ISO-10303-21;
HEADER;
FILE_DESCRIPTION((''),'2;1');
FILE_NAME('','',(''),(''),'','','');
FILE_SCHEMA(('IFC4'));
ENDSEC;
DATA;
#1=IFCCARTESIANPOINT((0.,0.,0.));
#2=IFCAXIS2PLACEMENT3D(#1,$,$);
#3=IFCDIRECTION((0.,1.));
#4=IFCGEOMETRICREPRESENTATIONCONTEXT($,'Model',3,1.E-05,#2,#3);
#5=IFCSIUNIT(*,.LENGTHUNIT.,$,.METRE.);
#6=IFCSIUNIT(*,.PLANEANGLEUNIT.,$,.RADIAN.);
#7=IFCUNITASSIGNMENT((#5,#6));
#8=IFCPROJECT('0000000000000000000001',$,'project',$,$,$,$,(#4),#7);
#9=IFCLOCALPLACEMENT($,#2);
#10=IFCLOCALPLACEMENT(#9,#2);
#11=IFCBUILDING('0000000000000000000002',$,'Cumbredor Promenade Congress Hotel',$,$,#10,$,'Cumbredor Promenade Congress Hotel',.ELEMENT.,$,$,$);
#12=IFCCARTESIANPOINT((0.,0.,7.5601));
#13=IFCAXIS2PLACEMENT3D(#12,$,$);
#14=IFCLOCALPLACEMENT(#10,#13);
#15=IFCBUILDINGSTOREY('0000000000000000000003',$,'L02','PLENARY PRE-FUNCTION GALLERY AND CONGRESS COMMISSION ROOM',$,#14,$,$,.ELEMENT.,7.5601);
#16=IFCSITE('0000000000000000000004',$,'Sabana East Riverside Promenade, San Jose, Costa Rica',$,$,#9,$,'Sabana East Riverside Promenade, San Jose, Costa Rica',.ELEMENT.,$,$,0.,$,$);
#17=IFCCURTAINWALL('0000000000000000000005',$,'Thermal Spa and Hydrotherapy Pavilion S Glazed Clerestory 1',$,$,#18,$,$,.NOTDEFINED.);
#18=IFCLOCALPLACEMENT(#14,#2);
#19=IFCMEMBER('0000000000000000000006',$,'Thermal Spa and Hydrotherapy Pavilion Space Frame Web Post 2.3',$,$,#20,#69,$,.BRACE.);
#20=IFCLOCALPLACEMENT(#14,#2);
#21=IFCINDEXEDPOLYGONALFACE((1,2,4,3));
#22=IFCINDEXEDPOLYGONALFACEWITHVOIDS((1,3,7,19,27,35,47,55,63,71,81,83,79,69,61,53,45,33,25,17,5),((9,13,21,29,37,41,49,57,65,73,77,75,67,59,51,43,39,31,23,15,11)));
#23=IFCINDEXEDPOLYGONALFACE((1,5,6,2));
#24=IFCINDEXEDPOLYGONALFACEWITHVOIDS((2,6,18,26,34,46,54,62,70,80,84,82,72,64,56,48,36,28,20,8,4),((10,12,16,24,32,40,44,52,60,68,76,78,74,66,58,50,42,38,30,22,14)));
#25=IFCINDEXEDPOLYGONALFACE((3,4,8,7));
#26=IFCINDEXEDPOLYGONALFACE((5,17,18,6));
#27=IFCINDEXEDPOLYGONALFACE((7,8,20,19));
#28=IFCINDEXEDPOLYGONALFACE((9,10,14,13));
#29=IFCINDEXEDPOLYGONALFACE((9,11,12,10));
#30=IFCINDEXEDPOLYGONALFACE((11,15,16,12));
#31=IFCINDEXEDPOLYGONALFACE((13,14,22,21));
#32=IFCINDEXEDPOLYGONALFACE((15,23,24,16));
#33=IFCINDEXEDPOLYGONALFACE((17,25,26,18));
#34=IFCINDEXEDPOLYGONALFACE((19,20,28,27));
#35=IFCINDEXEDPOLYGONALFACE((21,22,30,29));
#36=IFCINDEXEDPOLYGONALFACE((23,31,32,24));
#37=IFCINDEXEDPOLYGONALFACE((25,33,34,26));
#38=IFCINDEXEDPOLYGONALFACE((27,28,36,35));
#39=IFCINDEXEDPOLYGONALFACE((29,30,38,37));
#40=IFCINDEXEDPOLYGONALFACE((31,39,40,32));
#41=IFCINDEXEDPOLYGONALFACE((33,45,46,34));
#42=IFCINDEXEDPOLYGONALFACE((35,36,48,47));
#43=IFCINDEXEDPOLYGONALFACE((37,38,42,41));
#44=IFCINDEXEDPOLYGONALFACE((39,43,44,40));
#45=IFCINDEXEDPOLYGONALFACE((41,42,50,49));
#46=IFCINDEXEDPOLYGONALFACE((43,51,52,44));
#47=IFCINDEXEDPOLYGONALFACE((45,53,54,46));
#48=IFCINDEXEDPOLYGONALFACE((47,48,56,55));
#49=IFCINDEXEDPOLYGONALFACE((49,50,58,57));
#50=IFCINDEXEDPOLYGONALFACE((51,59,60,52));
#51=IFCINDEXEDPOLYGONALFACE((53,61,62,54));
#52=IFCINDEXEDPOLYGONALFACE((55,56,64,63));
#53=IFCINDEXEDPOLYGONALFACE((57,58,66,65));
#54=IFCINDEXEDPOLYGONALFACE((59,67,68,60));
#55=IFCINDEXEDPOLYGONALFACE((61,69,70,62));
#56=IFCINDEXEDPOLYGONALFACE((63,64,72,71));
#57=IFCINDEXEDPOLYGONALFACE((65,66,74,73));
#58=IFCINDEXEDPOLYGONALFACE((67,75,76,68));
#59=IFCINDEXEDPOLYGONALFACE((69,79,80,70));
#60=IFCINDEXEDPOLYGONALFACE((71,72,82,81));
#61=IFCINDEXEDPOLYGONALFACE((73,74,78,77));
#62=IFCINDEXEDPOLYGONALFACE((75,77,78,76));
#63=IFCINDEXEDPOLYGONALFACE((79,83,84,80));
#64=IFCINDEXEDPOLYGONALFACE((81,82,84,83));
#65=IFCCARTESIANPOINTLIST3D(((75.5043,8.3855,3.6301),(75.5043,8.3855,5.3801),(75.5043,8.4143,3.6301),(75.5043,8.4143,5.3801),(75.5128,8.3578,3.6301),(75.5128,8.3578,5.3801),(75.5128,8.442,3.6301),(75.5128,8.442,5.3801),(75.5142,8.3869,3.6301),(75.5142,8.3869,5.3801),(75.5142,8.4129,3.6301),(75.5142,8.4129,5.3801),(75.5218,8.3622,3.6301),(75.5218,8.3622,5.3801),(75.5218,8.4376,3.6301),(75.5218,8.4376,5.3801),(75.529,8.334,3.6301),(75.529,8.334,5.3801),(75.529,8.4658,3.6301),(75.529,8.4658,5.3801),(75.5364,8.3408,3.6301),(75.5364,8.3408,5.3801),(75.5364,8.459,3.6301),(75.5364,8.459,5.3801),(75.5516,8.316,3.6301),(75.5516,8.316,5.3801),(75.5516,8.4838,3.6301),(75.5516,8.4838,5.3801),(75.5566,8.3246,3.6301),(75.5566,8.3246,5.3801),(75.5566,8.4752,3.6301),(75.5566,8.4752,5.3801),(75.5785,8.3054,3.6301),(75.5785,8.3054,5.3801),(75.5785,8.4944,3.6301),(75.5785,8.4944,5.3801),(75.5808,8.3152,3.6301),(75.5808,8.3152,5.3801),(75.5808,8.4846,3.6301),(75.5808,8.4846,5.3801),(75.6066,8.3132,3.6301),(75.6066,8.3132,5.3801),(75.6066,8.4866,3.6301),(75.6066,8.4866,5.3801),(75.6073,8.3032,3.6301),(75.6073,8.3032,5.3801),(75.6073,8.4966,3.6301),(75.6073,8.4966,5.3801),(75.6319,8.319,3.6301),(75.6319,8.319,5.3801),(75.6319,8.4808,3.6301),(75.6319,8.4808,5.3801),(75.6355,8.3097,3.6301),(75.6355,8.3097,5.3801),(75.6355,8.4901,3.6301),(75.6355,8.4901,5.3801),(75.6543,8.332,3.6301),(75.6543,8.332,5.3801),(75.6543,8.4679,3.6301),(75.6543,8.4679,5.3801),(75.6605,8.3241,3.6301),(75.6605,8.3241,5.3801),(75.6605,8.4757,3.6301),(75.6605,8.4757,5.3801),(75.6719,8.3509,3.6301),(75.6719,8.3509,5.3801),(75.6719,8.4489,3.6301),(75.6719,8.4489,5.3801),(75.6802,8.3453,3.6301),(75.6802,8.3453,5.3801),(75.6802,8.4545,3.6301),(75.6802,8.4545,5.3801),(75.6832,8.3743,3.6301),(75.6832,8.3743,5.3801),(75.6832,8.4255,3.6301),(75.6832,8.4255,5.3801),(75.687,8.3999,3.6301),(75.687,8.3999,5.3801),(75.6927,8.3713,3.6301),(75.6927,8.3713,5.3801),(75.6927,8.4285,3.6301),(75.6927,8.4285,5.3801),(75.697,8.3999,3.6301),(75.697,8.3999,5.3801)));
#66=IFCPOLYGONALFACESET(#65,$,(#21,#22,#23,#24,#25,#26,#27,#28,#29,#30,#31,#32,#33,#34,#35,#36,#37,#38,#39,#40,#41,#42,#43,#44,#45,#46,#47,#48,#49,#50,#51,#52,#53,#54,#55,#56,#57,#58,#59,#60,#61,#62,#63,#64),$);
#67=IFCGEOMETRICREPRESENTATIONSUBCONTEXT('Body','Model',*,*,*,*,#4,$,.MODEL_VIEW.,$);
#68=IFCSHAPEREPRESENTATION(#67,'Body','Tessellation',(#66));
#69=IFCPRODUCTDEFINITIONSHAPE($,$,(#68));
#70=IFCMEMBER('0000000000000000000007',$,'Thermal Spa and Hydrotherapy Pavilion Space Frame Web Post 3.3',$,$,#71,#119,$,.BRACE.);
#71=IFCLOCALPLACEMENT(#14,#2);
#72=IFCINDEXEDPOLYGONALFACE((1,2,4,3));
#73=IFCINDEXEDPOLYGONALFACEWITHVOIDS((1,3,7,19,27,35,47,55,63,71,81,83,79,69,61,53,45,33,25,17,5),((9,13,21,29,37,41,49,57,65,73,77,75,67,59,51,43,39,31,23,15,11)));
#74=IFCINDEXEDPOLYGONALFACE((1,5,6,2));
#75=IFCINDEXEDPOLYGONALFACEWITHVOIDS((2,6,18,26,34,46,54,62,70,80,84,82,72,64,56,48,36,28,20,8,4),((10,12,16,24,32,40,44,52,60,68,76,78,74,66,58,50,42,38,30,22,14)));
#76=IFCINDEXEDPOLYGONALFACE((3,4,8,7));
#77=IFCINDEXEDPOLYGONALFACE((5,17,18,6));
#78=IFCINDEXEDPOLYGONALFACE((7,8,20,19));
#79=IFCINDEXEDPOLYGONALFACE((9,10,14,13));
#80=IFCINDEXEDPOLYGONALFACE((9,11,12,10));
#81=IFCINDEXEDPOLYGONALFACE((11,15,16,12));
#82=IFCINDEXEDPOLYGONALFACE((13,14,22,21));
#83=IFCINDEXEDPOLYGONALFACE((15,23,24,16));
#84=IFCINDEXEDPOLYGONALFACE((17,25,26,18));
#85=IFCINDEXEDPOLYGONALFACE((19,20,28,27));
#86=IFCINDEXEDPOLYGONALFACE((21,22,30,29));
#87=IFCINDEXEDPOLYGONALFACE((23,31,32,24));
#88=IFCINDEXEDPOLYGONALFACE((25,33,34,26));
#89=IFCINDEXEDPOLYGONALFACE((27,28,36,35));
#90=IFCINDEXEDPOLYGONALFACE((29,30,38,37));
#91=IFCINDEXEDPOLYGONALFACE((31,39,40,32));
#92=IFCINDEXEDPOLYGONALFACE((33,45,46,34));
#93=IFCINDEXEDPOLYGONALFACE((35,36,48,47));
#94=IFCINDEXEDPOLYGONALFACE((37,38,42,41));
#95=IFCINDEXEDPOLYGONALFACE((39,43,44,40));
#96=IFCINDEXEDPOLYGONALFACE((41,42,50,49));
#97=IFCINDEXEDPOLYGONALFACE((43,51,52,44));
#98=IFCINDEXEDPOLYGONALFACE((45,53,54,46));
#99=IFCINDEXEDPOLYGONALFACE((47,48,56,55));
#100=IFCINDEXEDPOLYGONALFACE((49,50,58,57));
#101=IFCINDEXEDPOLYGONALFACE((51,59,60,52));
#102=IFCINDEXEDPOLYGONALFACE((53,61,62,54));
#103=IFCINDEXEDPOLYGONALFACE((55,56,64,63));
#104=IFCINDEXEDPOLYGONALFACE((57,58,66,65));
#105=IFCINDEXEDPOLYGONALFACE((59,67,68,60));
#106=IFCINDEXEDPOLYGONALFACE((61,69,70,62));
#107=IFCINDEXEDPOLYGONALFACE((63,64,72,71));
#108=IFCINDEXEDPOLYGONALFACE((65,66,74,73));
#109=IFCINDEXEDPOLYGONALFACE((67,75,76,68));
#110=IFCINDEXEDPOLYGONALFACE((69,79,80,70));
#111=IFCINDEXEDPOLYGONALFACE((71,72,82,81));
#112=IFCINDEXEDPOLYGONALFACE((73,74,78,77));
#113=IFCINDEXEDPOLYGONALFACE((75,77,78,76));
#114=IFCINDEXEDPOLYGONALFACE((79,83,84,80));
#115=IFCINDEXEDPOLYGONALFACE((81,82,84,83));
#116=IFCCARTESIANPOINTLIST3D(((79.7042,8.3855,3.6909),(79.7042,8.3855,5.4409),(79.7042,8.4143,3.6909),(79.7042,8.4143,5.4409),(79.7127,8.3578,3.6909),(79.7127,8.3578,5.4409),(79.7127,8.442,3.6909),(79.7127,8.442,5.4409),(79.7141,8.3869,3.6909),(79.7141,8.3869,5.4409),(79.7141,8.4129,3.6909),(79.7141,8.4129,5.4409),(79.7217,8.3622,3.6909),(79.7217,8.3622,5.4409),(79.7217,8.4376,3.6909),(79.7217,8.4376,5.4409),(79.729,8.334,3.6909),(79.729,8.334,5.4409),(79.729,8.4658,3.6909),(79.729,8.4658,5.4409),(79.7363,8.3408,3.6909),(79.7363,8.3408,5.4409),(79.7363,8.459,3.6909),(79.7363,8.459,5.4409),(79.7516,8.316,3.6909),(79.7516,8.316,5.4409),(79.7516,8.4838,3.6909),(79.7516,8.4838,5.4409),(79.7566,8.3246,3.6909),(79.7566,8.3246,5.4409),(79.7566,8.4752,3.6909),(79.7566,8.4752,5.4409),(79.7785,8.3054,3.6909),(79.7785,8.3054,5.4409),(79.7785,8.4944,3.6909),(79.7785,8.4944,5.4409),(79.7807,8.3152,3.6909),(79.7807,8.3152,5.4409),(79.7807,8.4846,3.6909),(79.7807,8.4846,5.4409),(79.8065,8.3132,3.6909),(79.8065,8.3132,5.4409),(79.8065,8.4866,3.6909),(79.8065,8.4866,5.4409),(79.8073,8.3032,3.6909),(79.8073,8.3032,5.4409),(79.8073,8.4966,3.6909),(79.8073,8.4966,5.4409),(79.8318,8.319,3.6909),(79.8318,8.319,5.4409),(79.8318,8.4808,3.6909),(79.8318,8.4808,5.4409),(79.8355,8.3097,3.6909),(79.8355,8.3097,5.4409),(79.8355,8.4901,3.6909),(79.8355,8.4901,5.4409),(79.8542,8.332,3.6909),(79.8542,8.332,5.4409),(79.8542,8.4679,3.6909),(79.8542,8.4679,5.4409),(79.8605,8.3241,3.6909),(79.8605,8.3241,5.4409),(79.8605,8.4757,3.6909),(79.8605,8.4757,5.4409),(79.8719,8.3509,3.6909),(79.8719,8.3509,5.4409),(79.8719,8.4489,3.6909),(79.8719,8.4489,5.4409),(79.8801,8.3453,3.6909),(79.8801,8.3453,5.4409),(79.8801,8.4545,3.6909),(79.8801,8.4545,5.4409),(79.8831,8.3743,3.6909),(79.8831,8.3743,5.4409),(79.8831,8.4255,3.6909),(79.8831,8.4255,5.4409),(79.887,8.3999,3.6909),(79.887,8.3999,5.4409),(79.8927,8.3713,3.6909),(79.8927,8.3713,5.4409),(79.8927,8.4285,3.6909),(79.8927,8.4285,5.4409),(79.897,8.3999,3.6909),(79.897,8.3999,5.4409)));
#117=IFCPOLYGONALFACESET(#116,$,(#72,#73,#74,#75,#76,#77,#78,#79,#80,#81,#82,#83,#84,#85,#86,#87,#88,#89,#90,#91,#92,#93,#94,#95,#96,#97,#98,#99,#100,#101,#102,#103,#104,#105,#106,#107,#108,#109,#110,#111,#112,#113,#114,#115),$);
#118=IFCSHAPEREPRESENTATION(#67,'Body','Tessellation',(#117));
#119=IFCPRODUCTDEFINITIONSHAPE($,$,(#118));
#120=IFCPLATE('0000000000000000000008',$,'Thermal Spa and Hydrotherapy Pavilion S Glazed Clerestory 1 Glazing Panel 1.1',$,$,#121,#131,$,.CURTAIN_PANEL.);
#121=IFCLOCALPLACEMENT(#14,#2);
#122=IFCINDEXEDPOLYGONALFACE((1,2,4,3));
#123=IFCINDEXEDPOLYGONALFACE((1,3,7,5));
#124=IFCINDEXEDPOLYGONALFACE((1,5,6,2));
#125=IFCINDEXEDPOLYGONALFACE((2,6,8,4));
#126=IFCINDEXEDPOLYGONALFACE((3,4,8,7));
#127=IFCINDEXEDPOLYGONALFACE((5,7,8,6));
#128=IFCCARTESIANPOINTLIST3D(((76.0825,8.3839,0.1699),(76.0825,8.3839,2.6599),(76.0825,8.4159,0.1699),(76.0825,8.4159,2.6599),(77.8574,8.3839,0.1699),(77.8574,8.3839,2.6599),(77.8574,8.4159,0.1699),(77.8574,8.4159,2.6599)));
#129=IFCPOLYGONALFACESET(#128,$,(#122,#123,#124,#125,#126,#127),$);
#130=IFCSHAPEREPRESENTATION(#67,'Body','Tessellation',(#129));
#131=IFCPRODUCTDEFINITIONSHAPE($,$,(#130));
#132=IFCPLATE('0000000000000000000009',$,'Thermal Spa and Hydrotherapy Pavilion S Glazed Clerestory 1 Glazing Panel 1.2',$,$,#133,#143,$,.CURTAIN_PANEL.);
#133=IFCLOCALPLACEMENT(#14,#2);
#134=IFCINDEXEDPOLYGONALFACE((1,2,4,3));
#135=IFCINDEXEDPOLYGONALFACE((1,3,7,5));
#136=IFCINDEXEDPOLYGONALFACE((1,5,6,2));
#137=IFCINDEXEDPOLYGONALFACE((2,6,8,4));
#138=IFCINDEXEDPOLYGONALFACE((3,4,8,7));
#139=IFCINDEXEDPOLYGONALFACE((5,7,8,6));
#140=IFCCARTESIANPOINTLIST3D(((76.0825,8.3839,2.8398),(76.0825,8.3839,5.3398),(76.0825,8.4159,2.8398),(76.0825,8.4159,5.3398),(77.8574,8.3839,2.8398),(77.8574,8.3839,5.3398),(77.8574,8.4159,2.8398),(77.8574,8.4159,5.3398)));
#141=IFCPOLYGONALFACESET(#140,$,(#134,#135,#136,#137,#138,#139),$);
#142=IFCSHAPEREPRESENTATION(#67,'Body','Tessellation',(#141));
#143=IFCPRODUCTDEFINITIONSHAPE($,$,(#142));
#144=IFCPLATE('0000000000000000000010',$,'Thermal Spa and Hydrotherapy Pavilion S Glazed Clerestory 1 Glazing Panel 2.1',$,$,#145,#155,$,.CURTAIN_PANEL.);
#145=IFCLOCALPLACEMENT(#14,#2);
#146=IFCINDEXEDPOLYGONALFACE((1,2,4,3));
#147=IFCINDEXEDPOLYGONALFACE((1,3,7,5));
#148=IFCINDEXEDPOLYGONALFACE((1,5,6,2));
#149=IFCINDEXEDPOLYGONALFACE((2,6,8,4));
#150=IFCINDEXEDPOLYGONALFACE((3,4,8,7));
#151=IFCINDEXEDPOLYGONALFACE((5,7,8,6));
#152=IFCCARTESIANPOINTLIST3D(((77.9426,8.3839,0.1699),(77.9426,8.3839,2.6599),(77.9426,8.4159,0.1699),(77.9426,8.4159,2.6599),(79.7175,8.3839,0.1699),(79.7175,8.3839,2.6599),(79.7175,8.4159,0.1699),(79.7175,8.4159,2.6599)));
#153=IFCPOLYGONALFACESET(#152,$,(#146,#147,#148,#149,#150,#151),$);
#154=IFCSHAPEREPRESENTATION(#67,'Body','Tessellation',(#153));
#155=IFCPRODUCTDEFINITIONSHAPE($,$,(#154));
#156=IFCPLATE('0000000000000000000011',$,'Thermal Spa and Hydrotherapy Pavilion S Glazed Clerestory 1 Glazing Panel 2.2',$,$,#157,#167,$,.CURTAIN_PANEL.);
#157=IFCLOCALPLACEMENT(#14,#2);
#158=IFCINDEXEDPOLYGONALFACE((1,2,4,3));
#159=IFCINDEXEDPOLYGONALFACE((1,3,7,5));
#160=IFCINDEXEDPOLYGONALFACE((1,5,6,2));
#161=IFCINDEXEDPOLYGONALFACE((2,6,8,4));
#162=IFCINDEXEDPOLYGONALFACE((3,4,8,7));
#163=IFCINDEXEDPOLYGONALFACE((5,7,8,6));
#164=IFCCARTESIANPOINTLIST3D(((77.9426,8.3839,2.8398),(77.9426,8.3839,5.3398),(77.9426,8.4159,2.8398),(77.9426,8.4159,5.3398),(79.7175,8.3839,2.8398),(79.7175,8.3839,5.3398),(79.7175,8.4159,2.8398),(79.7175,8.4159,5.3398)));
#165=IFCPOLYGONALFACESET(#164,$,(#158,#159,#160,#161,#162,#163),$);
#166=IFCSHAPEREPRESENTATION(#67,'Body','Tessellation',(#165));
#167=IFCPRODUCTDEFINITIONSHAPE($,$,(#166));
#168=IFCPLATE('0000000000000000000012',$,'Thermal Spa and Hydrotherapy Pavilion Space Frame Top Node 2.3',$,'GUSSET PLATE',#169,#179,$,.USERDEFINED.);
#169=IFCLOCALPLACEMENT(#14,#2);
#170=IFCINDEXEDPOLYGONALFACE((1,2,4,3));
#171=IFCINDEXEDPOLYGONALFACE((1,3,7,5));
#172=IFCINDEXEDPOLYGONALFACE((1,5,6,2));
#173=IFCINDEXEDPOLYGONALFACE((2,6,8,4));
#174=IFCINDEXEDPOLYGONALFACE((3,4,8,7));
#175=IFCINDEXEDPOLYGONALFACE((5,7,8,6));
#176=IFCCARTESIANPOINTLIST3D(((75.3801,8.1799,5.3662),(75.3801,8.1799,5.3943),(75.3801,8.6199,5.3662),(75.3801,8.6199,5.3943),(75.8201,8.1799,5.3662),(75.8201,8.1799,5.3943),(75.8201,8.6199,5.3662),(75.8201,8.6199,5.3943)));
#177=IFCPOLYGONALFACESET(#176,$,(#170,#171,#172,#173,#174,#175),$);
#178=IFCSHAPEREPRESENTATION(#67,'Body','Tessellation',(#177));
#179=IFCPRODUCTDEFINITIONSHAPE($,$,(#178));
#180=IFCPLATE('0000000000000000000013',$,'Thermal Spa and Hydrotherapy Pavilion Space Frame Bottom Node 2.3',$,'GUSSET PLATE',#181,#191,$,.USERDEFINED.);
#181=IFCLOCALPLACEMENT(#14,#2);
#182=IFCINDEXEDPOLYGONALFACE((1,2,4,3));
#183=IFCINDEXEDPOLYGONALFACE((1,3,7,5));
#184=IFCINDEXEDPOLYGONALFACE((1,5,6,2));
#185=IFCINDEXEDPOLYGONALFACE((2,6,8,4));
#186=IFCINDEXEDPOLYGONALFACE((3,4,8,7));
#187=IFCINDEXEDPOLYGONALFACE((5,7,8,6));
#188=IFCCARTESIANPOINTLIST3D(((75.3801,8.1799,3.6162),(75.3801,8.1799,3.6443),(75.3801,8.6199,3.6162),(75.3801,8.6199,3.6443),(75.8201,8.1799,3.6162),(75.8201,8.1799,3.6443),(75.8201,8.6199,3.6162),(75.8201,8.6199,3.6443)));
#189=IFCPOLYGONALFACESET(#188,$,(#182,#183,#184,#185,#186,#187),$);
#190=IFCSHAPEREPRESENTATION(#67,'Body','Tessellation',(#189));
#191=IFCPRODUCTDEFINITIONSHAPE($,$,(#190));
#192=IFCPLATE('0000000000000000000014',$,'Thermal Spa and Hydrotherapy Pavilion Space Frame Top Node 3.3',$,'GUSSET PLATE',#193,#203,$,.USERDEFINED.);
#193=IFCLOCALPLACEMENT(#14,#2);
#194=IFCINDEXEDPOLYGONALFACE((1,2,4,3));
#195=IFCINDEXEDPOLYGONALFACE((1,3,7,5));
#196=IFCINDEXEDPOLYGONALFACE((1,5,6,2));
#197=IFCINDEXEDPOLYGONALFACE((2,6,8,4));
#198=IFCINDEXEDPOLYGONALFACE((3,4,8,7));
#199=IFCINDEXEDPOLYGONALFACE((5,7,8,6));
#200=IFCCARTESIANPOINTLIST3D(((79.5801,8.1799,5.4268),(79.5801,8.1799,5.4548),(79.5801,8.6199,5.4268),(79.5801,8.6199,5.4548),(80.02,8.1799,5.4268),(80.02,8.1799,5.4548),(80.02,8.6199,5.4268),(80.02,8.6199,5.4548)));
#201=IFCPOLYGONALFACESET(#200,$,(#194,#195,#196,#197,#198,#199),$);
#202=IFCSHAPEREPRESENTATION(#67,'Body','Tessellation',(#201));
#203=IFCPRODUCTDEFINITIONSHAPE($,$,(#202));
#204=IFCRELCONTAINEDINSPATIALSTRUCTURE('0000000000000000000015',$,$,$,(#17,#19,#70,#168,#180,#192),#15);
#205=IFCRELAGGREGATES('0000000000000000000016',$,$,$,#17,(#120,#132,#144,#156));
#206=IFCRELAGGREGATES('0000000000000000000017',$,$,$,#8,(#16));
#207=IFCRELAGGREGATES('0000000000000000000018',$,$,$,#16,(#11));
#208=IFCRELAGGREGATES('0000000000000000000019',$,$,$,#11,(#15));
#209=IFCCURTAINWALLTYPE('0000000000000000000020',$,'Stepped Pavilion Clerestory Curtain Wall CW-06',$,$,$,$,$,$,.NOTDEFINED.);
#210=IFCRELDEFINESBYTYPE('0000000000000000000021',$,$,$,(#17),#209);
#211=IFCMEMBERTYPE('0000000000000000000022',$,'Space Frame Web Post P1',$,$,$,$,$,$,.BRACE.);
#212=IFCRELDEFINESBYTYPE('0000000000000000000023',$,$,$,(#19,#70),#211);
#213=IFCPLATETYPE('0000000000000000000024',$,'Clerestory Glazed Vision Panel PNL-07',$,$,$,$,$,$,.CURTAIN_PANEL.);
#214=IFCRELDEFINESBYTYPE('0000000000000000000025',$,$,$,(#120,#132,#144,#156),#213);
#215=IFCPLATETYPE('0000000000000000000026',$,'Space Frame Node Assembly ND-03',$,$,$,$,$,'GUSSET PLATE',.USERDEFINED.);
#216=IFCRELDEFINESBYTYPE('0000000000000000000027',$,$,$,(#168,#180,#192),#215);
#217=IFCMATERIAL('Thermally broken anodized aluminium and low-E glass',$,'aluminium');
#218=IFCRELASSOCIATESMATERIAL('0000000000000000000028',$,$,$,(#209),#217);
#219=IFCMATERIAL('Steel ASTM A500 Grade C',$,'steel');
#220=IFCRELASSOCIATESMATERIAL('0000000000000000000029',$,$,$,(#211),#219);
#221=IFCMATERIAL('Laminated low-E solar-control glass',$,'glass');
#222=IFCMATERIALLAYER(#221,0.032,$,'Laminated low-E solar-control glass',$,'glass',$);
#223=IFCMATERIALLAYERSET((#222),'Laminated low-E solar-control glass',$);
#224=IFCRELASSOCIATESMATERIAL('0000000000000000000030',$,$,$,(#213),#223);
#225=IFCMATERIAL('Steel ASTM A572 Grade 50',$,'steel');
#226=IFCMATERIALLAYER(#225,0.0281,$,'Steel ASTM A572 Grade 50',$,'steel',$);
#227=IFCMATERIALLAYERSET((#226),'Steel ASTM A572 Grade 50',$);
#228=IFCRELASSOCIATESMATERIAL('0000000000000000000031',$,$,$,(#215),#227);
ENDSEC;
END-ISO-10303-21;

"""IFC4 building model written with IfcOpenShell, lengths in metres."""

from ifc_helpers import new_model, si_unit, direction, frame, origin, origin_2d, place, context, subcontext, project, spatial, rectangle, hollow_circle, extrude, material, layer, layer_set, material_profile, profile_set, type_object, element, aggregate, save


model = new_model("IFC4")

# Units and contexts
model_context = context("Model", 3, precision=1e-05, world=origin(), true_north=direction((0.0, 1.0)))
body_context = subcontext(model_context, "Body", "Model", "MODEL_VIEW")
ifc_project = project(units=[si_unit("LENGTHUNIT", "METRE"), si_unit("PLANEANGLEUNIT", "RADIAN")], contexts=[model_context])

# Site, building, storey
site_placement = place(None, origin())
site = spatial("IfcSite", under=ifc_project, at=site_placement, Name="Sabana East Riverside Promenade, San Jose, Costa Rica", LongName="Sabana East Riverside Promenade, San Jose, Costa Rica", CompositionType="ELEMENT", RefElevation=0.0)
building_placement = place(site_placement, origin())
building = spatial("IfcBuilding", under=site, at=building_placement, Name="Cumbredor Promenade Congress Hotel", LongName="Cumbredor Promenade Congress Hotel", CompositionType="ELEMENT")
storey_placement = place(building_placement, frame((0.0, 0.0, 7.5601)))
storey = spatial("IfcBuildingStorey", under=building, at=storey_placement, Name="L02", Description="PLENARY PRE-FUNCTION GALLERY AND CONGRESS COMMISSION ROOM", CompositionType="ELEMENT", Elevation=7.5601)

# Curtain wall
ifc_material_1 = material(Name="Thermally broken anodized aluminium and low-E glass", Category="aluminium")
curtain_wall_type = type_object("IfcCurtainWallType", Name="Stepped Pavilion Clerestory Curtain Wall CW-06", PredefinedType="NOTDEFINED", material=ifc_material_1)
curtain_wall_1_placement = place(storey_placement, origin())
curtain_wall_1 = element("IfcCurtainWall", 1, at=curtain_wall_1_placement, inside=storey, type_object=curtain_wall_type, Name="Thermal Spa and Hydrotherapy Pavilion S Glazed Clerestory 1", PredefinedType="NOTDEFINED")

# Members
ifc_material_2 = material(Name="Steel ASTM A500 Grade C", Category="steel")
ifc_material_profile_1 = material_profile(ifc_material_2, hollow_circle(Radius=0.0969, WallThickness=0.01, at=origin_2d()), Name="CHS 193.7x10")
ifc_profile_set_1 = profile_set([ifc_material_profile_1], Name="Steel ASTM A500 Grade C")
member_type_1 = type_object("IfcMemberType", Name="Space Frame Web Post P1", PredefinedType="BRACE", material=ifc_profile_set_1)
for number, where, z_axis, x_axis, name in (
    (2, (75.6001, 8.3999, 3.6301), (0.0, 0.0, 1.0), (1.0, 0.0, 0.0), "Thermal Spa and Hydrotherapy Pavilion Space Frame Web Post 2.3"),
    (3, (79.8, 8.3999, 3.6909), (0.0, 0.0, 1.0), (1.0, 0.0, 0.0), "Thermal Spa and Hydrotherapy Pavilion Space Frame Web Post 3.3"),
):
    element("IfcMember", number, at=place(storey_placement, frame(where, z_axis=z_axis, x_axis=x_axis)), inside=storey, type_object=member_type_1, Name=name, PredefinedType="BRACE", context=body_context, shape_type="SweptSolid", body=[
        extrude(hollow_circle(Radius=0.0969, WallThickness=0.01, at=origin_2d()), origin(), (0.0, 0.0, 1.0), 1.75),
    ])

# Plates
ifc_material_3 = material(Name="Laminated low-E solar-control glass", Category="glass")
ifc_layer_1 = layer(ifc_material_3, 0.032, Name="Laminated low-E solar-control glass", Category="glass")
ifc_layer_set_1 = layer_set([ifc_layer_1], Name="Laminated low-E solar-control glass")
plate_type_1 = type_object("IfcPlateType", Name="Clerestory Glazed Vision Panel PNL-07", PredefinedType="CURTAIN_PANEL", material=ifc_layer_set_1)
plate_1_placement = place(storey_placement, frame((76.97, 8.3999, 0.1699), z_axis=(0.0, 0.0, 1.0), x_axis=(1.0, 0.0, 0.0)))
plate_1 = element("IfcPlate", 4, at=plate_1_placement, type_object=plate_type_1, Name="Thermal Spa and Hydrotherapy Pavilion S Glazed Clerestory 1 Glazing Panel 1.1", PredefinedType="CURTAIN_PANEL", context=body_context, shape_type="SweptSolid", body=[
    extrude(rectangle(XDim=1.7749, YDim=0.032, at=origin_2d()), origin(), (0.0, 0.0, 1.0), 2.49),
])
plate_2_placement = place(storey_placement, frame((76.97, 8.3999, 2.8398), z_axis=(0.0, 0.0, 1.0), x_axis=(1.0, 0.0, 0.0)))
plate_2 = element("IfcPlate", 5, at=plate_2_placement, type_object=plate_type_1, Name="Thermal Spa and Hydrotherapy Pavilion S Glazed Clerestory 1 Glazing Panel 1.2", PredefinedType="CURTAIN_PANEL", context=body_context, shape_type="SweptSolid", body=[
    extrude(rectangle(XDim=1.7749, YDim=0.032, at=origin_2d()), origin(), (0.0, 0.0, 1.0), 2.5),
])
plate_3_placement = place(storey_placement, frame((78.8301, 8.3999, 0.1699), z_axis=(0.0, 0.0, 1.0), x_axis=(1.0, 0.0, 0.0)))
plate_3 = element("IfcPlate", 6, at=plate_3_placement, type_object=plate_type_1, Name="Thermal Spa and Hydrotherapy Pavilion S Glazed Clerestory 1 Glazing Panel 2.1", PredefinedType="CURTAIN_PANEL", context=body_context, shape_type="SweptSolid", body=[
    extrude(rectangle(XDim=1.7749, YDim=0.032, at=origin_2d()), origin(), (0.0, 0.0, 1.0), 2.49),
])
plate_4_placement = place(storey_placement, frame((78.8301, 8.3999, 2.8398), z_axis=(0.0, 0.0, 1.0), x_axis=(1.0, 0.0, 0.0)))
plate_4 = element("IfcPlate", 7, at=plate_4_placement, type_object=plate_type_1, Name="Thermal Spa and Hydrotherapy Pavilion S Glazed Clerestory 1 Glazing Panel 2.2", PredefinedType="CURTAIN_PANEL", context=body_context, shape_type="SweptSolid", body=[
    extrude(rectangle(XDim=1.7749, YDim=0.032, at=origin_2d()), origin(), (0.0, 0.0, 1.0), 2.5),
])
aggregate(curtain_wall_1, [plate_1, plate_2, plate_3, plate_4])

# Plates
ifc_material_4 = material(Name="Steel ASTM A572 Grade 50", Category="steel")
ifc_layer_2 = layer(ifc_material_4, 0.0281, Name="Steel ASTM A572 Grade 50", Category="steel")
ifc_layer_set_2 = layer_set([ifc_layer_2], Name="Steel ASTM A572 Grade 50")
plate_type_2 = type_object("IfcPlateType", Name="Space Frame Node Assembly ND-03", ElementType="GUSSET PLATE", PredefinedType="USERDEFINED", material=ifc_layer_set_2)
for number, where, z_axis, x_axis, name in (
    (8, (75.6001, 8.3999, 5.3662), (0.0, 0.0, 1.0), (1.0, 0.0, 0.0), "Thermal Spa and Hydrotherapy Pavilion Space Frame Top Node 2.3"),
    (9, (75.6001, 8.3999, 3.6162), (0.0, 0.0, 1.0), (1.0, 0.0, 0.0), "Thermal Spa and Hydrotherapy Pavilion Space Frame Bottom Node 2.3"),
    (10, (79.8, 8.3999, 5.4268), (0.0, 0.0, 1.0), (1.0, 0.0, 0.0), "Thermal Spa and Hydrotherapy Pavilion Space Frame Top Node 3.3"),
):
    element("IfcPlate", number, at=place(storey_placement, frame(where, z_axis=z_axis, x_axis=x_axis)), inside=storey, type_object=plate_type_2, Name=name, ObjectType="GUSSET PLATE", PredefinedType="USERDEFINED", context=body_context, shape_type="SweptSolid", body=[
        extrude(rectangle(XDim=0.4399, YDim=0.4399, at=origin_2d()), origin(), (0.0, 0.0, 1.0), 0.0281),
    ])

save(model, "model.ifc")
